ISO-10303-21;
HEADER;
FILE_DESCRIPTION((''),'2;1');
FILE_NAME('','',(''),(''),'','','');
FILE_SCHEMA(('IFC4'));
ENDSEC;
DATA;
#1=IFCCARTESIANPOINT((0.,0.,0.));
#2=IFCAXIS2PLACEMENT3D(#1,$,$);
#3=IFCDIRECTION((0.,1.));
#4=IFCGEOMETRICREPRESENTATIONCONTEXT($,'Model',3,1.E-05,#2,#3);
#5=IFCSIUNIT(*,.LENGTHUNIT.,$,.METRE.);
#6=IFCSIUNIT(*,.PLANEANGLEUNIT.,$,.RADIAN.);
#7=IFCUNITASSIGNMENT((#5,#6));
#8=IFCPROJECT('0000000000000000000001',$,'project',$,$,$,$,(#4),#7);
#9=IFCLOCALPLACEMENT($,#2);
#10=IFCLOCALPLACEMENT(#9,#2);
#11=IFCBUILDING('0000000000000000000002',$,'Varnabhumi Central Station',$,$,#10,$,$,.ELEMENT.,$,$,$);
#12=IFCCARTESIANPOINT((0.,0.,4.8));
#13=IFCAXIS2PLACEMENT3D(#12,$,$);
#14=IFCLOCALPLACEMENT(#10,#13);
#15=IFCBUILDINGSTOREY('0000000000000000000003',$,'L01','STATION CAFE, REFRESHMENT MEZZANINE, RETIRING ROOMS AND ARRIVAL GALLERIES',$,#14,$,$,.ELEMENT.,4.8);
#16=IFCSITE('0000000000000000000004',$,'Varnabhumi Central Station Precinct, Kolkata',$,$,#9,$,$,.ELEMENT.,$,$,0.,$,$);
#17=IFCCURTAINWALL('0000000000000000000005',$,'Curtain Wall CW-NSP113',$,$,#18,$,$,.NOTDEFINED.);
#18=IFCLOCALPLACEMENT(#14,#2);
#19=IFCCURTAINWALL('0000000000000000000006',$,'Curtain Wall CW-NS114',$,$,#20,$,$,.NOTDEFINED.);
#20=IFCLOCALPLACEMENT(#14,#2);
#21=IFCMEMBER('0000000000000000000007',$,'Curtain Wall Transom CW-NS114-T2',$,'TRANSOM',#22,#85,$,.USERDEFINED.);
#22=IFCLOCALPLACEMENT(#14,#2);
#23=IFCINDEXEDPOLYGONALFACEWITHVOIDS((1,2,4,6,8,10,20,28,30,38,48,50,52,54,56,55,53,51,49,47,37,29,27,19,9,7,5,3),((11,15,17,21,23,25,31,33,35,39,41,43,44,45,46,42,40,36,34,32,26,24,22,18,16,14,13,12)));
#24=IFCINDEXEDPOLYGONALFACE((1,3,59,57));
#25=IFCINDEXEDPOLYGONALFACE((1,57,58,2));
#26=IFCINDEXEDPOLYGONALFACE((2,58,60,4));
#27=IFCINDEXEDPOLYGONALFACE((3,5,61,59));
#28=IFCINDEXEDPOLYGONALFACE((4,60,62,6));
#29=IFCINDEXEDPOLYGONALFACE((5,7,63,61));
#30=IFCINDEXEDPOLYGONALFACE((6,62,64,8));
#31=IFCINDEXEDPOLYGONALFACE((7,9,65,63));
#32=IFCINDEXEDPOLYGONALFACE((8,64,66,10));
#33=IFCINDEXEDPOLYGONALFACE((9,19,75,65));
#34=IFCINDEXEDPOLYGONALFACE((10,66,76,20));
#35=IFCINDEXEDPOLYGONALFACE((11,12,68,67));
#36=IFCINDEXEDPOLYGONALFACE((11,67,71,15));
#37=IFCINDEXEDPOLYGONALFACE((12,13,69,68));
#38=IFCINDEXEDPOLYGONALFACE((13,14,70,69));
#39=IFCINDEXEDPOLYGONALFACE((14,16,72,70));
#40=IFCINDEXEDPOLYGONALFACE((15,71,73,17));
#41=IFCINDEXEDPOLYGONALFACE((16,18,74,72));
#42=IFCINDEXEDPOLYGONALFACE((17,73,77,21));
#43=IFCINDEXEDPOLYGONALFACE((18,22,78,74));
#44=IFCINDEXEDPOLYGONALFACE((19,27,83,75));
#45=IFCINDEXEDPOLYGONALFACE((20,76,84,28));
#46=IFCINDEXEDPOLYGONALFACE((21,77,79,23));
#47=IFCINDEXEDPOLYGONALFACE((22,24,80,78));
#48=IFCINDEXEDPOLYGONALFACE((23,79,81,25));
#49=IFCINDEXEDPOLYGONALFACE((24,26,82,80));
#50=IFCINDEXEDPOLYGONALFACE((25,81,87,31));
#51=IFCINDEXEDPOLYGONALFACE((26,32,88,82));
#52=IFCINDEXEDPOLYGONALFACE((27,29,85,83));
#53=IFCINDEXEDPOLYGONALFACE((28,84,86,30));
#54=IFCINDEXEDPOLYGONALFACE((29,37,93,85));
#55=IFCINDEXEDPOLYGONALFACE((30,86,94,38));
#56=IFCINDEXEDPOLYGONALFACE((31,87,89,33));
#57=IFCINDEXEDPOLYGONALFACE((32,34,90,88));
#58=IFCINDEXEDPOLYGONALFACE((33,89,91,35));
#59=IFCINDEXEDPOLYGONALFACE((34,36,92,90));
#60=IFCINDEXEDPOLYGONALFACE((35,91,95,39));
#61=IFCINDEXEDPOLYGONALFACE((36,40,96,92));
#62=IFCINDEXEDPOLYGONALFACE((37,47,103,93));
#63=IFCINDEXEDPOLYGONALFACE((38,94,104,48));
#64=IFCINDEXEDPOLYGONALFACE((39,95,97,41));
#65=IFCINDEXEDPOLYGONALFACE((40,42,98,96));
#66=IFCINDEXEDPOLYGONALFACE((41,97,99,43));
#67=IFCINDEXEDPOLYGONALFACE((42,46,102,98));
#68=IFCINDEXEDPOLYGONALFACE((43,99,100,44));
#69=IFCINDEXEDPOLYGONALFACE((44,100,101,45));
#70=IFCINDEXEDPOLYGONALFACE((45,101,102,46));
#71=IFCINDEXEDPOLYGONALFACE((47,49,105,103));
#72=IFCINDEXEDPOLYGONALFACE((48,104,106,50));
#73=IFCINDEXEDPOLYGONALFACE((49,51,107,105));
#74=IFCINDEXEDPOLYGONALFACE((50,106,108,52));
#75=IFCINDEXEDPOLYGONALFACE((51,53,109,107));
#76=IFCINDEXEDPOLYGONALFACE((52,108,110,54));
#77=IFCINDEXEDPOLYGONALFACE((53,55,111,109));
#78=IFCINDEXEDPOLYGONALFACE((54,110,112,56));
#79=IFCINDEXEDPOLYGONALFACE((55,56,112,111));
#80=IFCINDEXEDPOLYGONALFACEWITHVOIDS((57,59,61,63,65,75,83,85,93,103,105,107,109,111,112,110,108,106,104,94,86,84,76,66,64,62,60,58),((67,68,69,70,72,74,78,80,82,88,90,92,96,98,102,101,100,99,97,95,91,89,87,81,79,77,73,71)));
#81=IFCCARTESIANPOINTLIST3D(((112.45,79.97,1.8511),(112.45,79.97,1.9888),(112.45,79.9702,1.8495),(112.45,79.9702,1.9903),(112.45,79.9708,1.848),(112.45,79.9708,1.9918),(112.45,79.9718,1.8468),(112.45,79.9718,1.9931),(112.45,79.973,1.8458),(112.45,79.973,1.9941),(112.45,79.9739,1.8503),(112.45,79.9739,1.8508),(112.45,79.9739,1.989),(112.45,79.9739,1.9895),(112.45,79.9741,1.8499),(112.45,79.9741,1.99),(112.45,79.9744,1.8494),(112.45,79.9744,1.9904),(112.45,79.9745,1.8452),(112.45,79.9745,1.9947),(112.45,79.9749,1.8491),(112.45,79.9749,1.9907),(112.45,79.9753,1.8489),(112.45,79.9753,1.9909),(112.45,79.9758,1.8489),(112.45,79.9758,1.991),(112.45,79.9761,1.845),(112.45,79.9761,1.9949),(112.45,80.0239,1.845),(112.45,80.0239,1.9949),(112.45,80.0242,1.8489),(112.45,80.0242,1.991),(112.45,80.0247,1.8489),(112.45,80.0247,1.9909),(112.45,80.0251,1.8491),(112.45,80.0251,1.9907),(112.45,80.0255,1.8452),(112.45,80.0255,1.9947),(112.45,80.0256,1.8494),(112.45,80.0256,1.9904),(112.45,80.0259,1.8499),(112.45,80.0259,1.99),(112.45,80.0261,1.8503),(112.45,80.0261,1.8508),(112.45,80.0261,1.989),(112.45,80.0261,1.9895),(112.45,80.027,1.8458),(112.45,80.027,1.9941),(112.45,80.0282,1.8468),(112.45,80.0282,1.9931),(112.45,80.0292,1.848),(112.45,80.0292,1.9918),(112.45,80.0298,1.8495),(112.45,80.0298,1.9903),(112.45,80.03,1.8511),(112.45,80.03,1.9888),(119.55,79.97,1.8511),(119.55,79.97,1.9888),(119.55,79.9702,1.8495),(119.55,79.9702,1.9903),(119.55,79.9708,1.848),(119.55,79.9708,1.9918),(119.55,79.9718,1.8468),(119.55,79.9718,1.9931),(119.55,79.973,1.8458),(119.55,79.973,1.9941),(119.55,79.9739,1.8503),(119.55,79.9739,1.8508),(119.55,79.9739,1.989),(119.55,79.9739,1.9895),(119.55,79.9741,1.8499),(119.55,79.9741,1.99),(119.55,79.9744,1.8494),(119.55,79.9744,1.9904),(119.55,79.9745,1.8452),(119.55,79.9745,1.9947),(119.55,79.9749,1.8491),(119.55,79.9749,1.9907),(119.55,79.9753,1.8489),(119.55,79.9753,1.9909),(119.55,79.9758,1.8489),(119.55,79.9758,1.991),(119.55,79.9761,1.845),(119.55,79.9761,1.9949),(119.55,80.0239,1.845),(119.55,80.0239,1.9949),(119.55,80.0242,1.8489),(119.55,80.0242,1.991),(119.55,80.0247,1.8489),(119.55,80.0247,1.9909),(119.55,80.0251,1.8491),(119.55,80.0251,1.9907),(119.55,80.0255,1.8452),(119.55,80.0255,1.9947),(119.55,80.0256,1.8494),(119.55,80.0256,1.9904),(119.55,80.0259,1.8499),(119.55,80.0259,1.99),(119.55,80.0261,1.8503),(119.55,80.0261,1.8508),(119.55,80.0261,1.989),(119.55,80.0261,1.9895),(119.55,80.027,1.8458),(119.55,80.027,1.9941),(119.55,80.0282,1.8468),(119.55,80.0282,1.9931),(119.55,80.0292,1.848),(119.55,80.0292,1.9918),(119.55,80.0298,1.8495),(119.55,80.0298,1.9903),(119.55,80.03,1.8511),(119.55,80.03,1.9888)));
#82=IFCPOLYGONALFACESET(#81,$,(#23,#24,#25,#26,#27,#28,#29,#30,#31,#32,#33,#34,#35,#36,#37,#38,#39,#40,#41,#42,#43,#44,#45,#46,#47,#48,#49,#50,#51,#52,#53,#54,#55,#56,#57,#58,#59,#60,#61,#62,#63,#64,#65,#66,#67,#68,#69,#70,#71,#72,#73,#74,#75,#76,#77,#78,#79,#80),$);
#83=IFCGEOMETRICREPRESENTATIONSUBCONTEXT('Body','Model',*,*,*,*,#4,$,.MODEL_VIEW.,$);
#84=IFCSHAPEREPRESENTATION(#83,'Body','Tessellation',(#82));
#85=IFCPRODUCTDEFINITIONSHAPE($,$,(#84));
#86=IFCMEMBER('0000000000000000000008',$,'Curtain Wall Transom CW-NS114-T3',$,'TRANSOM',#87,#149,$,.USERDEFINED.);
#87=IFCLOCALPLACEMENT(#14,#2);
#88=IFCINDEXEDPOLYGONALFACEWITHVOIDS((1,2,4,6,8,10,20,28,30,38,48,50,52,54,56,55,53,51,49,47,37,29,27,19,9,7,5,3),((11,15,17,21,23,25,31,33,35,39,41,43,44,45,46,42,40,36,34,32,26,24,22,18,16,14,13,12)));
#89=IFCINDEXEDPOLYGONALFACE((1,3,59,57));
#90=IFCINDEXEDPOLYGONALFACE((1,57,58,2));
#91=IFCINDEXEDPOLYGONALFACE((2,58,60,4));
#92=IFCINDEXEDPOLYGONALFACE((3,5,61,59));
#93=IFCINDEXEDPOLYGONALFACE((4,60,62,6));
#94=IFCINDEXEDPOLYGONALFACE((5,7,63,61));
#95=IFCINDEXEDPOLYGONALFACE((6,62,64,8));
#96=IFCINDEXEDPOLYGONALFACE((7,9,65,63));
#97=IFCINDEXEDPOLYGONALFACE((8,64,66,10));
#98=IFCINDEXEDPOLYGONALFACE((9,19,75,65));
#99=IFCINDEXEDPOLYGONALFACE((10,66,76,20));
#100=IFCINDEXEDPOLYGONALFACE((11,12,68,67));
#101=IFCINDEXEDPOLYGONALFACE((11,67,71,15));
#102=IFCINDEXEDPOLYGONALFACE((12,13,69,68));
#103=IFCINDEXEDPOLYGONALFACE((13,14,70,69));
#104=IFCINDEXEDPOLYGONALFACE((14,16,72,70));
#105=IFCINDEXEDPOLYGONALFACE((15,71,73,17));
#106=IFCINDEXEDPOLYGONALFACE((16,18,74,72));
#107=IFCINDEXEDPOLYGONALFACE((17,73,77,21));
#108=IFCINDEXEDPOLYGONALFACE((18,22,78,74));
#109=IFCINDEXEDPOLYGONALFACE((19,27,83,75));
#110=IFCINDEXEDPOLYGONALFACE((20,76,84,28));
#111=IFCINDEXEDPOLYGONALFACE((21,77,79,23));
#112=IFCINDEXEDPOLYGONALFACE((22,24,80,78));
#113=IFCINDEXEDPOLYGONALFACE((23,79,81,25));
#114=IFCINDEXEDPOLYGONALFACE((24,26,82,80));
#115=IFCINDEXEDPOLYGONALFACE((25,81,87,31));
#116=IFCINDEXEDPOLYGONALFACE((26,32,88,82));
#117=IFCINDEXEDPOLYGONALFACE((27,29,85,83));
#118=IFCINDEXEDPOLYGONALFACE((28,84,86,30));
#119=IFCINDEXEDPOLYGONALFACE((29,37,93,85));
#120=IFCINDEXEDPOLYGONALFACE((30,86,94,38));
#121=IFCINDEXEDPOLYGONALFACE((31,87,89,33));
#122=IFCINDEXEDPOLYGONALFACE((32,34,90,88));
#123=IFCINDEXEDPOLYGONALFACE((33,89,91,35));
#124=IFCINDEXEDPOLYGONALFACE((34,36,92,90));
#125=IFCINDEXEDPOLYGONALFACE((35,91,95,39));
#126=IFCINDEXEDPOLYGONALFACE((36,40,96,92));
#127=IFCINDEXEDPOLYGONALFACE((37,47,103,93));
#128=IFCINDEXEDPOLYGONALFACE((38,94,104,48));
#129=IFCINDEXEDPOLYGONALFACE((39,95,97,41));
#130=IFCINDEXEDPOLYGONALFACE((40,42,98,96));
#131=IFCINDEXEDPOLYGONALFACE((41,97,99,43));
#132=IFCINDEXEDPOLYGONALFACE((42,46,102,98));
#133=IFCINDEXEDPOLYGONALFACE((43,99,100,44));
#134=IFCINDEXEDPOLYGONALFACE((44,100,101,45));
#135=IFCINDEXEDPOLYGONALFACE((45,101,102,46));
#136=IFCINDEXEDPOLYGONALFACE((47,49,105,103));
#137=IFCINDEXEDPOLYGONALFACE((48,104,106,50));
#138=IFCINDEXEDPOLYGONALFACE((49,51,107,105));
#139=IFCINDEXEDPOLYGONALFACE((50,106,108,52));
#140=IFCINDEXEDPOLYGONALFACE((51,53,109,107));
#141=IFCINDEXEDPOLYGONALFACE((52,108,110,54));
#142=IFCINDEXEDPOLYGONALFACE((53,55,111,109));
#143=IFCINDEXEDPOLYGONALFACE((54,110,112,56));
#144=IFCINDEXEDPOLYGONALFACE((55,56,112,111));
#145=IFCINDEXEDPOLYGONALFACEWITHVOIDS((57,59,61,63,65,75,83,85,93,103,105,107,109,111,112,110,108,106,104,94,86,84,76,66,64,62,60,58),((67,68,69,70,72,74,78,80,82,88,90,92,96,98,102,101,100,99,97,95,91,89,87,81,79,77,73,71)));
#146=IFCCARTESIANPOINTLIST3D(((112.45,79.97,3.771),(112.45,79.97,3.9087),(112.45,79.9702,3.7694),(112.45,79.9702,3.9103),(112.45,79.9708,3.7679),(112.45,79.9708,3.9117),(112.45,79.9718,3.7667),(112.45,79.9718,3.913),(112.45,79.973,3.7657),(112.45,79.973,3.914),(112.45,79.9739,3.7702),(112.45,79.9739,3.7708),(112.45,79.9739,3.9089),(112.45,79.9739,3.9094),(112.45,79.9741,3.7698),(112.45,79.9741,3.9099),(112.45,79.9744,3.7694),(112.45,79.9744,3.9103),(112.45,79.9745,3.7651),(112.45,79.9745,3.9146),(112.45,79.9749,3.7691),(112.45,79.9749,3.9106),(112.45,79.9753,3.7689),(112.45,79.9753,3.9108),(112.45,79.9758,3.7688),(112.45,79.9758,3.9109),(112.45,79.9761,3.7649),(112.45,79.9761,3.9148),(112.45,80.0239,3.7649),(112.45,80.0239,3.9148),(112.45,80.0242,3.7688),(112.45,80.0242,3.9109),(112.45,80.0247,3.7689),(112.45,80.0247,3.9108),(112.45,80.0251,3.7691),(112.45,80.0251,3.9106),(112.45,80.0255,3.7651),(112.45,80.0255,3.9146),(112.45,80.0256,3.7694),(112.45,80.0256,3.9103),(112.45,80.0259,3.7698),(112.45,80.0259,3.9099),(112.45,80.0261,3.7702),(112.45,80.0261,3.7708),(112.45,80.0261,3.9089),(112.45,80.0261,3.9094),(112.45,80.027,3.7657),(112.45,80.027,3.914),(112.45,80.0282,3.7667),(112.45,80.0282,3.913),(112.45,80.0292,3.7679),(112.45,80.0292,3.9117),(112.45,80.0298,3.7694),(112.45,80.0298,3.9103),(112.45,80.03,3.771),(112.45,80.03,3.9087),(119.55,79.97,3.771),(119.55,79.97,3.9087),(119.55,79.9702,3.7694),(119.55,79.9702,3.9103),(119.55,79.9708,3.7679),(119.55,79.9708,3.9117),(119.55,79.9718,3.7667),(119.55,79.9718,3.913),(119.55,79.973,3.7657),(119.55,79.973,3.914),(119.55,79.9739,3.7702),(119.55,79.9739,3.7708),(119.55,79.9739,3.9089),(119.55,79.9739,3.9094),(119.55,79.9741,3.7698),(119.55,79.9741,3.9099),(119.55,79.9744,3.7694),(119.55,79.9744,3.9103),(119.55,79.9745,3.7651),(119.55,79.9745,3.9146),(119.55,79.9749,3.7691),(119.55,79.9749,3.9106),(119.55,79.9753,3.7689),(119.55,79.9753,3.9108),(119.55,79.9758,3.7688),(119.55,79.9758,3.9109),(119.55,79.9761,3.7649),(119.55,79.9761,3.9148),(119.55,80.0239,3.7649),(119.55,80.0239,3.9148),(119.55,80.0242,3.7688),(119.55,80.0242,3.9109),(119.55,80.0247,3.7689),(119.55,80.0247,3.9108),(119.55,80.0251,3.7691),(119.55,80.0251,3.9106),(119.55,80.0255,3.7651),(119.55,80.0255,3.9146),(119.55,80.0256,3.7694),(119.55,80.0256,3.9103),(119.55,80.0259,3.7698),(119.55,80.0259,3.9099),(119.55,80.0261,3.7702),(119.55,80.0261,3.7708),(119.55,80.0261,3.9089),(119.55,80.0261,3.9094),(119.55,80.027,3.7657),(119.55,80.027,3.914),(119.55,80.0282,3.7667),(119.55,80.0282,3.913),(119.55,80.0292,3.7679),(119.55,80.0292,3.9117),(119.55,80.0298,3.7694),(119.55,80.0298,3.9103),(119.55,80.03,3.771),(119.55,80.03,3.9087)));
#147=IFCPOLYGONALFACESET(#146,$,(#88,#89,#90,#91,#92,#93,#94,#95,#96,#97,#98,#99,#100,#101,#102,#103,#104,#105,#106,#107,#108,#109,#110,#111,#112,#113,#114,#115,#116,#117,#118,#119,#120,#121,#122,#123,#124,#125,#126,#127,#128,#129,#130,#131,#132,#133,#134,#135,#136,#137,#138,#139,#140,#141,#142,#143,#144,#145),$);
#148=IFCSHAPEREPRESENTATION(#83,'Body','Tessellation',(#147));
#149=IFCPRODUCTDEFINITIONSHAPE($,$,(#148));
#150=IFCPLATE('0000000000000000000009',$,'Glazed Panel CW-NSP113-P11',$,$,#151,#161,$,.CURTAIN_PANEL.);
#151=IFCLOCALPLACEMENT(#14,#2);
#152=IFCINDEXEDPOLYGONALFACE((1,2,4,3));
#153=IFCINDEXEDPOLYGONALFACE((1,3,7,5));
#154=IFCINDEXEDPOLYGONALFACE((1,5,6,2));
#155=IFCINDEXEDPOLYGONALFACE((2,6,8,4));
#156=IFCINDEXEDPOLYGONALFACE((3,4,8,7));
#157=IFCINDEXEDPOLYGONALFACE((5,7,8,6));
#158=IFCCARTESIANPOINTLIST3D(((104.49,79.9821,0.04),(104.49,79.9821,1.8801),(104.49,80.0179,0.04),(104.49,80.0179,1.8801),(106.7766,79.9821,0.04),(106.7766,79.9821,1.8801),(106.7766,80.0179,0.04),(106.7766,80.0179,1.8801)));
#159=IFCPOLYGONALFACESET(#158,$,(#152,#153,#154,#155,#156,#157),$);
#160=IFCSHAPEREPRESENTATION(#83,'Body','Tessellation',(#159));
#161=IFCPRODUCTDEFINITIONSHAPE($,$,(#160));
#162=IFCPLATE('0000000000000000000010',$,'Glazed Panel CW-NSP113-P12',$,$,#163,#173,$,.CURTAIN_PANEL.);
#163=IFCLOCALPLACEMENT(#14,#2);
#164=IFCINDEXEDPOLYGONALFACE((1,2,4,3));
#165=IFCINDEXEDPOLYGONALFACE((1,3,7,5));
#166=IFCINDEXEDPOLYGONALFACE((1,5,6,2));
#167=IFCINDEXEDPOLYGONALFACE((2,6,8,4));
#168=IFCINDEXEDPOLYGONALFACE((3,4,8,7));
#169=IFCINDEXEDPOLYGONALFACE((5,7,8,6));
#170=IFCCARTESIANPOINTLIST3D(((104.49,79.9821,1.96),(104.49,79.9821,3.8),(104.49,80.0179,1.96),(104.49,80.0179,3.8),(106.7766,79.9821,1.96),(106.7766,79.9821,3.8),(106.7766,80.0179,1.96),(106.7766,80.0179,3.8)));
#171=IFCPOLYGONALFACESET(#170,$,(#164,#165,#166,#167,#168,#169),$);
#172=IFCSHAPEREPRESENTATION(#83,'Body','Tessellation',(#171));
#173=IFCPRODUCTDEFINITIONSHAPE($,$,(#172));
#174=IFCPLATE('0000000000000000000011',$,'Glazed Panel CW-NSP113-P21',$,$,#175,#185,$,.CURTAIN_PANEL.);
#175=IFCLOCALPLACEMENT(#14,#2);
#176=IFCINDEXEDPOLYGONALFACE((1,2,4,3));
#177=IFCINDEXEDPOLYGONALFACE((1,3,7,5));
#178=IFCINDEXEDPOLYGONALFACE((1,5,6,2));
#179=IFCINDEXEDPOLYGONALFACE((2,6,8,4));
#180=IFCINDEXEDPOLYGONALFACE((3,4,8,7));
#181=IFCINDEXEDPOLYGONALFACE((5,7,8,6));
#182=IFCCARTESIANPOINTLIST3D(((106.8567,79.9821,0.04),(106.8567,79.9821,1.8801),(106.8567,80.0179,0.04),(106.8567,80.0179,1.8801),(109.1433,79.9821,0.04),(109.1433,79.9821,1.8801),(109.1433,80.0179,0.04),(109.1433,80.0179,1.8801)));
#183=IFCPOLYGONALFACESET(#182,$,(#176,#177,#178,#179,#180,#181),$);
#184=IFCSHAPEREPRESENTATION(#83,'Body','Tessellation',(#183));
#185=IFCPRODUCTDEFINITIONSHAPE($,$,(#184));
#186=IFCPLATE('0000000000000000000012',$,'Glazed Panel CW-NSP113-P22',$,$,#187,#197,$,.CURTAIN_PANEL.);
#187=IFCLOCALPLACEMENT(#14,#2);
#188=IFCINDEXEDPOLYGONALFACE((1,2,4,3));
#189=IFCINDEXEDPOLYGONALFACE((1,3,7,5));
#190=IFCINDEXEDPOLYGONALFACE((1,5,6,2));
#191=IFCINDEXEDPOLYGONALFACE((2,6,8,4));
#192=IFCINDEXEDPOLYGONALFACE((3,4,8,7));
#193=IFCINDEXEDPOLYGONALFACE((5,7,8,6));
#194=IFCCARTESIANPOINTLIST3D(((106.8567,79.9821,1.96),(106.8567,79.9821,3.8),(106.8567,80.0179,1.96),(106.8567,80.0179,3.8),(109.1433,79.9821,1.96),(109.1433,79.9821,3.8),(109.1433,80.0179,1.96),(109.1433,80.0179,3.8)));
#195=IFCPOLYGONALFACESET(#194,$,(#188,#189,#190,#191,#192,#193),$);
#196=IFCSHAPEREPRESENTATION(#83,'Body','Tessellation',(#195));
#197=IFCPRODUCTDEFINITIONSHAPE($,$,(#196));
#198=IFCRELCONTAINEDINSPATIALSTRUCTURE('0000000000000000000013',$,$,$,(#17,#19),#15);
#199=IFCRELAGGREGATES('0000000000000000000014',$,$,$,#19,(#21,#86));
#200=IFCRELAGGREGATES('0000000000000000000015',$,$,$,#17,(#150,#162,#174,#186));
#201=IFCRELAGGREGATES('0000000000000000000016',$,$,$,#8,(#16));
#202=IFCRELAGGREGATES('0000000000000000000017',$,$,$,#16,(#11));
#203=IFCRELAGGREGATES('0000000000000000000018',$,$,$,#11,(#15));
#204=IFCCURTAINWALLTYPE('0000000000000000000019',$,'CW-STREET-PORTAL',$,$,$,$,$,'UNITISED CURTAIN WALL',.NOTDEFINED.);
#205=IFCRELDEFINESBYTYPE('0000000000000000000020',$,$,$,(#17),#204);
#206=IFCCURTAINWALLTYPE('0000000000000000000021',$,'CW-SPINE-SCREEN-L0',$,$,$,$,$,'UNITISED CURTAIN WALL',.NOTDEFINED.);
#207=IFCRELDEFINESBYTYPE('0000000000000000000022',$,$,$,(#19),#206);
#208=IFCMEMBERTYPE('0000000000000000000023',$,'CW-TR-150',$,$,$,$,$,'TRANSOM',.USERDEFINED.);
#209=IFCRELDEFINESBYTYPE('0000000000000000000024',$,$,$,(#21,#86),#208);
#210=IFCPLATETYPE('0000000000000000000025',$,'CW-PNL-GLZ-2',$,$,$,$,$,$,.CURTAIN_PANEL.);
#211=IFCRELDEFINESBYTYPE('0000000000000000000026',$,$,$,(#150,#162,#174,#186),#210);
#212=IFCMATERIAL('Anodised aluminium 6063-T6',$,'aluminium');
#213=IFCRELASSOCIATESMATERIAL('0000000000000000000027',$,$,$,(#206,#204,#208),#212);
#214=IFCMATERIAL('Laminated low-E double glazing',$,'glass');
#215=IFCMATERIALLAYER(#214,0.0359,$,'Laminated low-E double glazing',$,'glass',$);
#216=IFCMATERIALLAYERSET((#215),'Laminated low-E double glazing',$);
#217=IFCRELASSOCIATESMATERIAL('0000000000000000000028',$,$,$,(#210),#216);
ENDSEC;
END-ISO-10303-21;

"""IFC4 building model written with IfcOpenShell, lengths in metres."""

from ifc_helpers import new_model, si_unit, direction, frame, origin, origin_2d, place, context, subcontext, project, spatial, rectangle, hollow_rectangle, extrude, material, layer, layer_set, material_profile, profile_set, type_object, element, aggregate, save


model = new_model("IFC4")

# Units and contexts
model_context = context("Model", 3, precision=1e-05, world=origin(), true_north=direction((0.0, 1.0)))
body_context = subcontext(model_context, "Body", "Model", "MODEL_VIEW")
ifc_project = project(units=[si_unit("LENGTHUNIT", "METRE"), si_unit("PLANEANGLEUNIT", "RADIAN")], contexts=[model_context])

# Site, building, storey
site_placement = place(None, origin())
site = spatial("IfcSite", under=ifc_project, at=site_placement, Name="Varnabhumi Central Station Precinct, Kolkata", CompositionType="ELEMENT", RefElevation=0.0)
building_placement = place(site_placement, origin())
building = spatial("IfcBuilding", under=site, at=building_placement, Name="Varnabhumi Central Station", CompositionType="ELEMENT")
storey_placement = place(building_placement, frame((0.0, 0.0, 4.8)))
storey = spatial("IfcBuildingStorey", under=building, at=storey_placement, Name="L01", Description="STATION CAFE, REFRESHMENT MEZZANINE, RETIRING ROOMS AND ARRIVAL GALLERIES", CompositionType="ELEMENT", Elevation=4.8)

# Curtain wall
ifc_material_1 = material(Name="Anodised aluminium 6063-T6", Category="aluminium")
curtain_wall_type_1 = type_object("IfcCurtainWallType", Name="CW-SPINE-SCREEN-L0", ElementType="UNITISED CURTAIN WALL", PredefinedType="NOTDEFINED", material=ifc_material_1)
curtain_wall_type_2 = type_object("IfcCurtainWallType", Name="CW-STREET-PORTAL", ElementType="UNITISED CURTAIN WALL", PredefinedType="NOTDEFINED", material=ifc_material_1)
curtain_wall_1_placement = place(storey_placement, origin())
curtain_wall_1 = element("IfcCurtainWall", 1, at=curtain_wall_1_placement, inside=storey, type_object=curtain_wall_type_2, Name="Curtain Wall CW-NSP113", PredefinedType="NOTDEFINED")

# Curtain wall
curtain_wall_2_placement = place(storey_placement, origin())
curtain_wall_2 = element("IfcCurtainWall", 2, at=curtain_wall_2_placement, inside=storey, type_object=curtain_wall_type_1, Name="Curtain Wall CW-NS114", PredefinedType="NOTDEFINED")

# Members
ifc_material_profile_1 = material_profile(ifc_material_1, hollow_rectangle(XDim=0.0601, YDim=0.1499, WallThickness=0.0039, InnerFilletRadius=0.002, OuterFilletRadius=0.0061, at=origin_2d()), Name="Anodised aluminium 6063-T6", Category="aluminium")
ifc_profile_set_1 = profile_set([ifc_material_profile_1], Name="Anodised aluminium 6063-T6")
member_type_1 = type_object("IfcMemberType", Name="CW-TR-150", ElementType="TRANSOM", PredefinedType="USERDEFINED", material=ifc_profile_set_1)
member_1_placement = place(storey_placement, frame((112.45, 80.0, 1.9199), z_axis=(1.0, 0.0, 0.0), x_axis=(0.0, 1.0, 0.0)))
member_1 = element("IfcMember", 3, at=member_1_placement, type_object=member_type_1, Name="Curtain Wall Transom CW-NS114-T2", ObjectType="TRANSOM", PredefinedType="USERDEFINED", context=body_context, shape_type="SweptSolid", body=[
    extrude(hollow_rectangle(XDim=0.0601, YDim=0.1499, WallThickness=0.0039, InnerFilletRadius=0.002, OuterFilletRadius=0.0061, at=origin_2d()), origin(), (0.0, 0.0, 1.0), 7.1001),
])
member_2_placement = place(storey_placement, frame((112.45, 80.0, 3.8398), z_axis=(1.0, 0.0, 0.0), x_axis=(0.0, 1.0, 0.0)))
member_2 = element("IfcMember", 4, at=member_2_placement, type_object=member_type_1, Name="Curtain Wall Transom CW-NS114-T3", ObjectType="TRANSOM", PredefinedType="USERDEFINED", context=body_context, shape_type="SweptSolid", body=[
    extrude(hollow_rectangle(XDim=0.0601, YDim=0.1499, WallThickness=0.0039, InnerFilletRadius=0.002, OuterFilletRadius=0.0061, at=origin_2d()), origin(), (0.0, 0.0, 1.0), 7.1001),
])
aggregate(curtain_wall_2, [member_1, member_2])

# Plates
ifc_material_2 = material(Name="Laminated low-E double glazing", Category="glass")
ifc_layer_1 = layer(ifc_material_2, 0.0359, Name="Laminated low-E double glazing", Category="glass")
ifc_layer_set_1 = layer_set([ifc_layer_1], Name="Laminated low-E double glazing")
plate_type_1 = type_object("IfcPlateType", Name="CW-PNL-GLZ-2", PredefinedType="CURTAIN_PANEL", material=ifc_layer_set_1)
plate_1_placement = place(storey_placement, frame((105.6333, 80.0, 0.04), z_axis=(0.0, 0.0, 1.0), x_axis=(1.0, 0.0, 0.0)))
plate_1 = element("IfcPlate", 5, at=plate_1_placement, type_object=plate_type_1, Name="Glazed Panel CW-NSP113-P11", PredefinedType="CURTAIN_PANEL", context=body_context, shape_type="SweptSolid", body=[
    extrude(rectangle(XDim=2.2866, YDim=0.0359, at=origin_2d()), origin(), (0.0, 0.0, 1.0), 1.8401),
])
plate_2_placement = place(storey_placement, frame((105.6333, 80.0, 1.96), z_axis=(0.0, 0.0, 1.0), x_axis=(1.0, 0.0, 0.0)))
plate_2 = element("IfcPlate", 6, at=plate_2_placement, type_object=plate_type_1, Name="Glazed Panel CW-NSP113-P12", PredefinedType="CURTAIN_PANEL", context=body_context, shape_type="SweptSolid", body=[
    extrude(rectangle(XDim=2.2866, YDim=0.0359, at=origin_2d()), origin(), (0.0, 0.0, 1.0), 1.8401),
])
plate_3_placement = place(storey_placement, frame((108.0, 80.0, 0.04), z_axis=(0.0, 0.0, 1.0), x_axis=(1.0, 0.0, 0.0)))
plate_3 = element("IfcPlate", 7, at=plate_3_placement, type_object=plate_type_1, Name="Glazed Panel CW-NSP113-P21", PredefinedType="CURTAIN_PANEL", context=body_context, shape_type="SweptSolid", body=[
    extrude(rectangle(XDim=2.2866, YDim=0.0359, at=origin_2d()), origin(), (0.0, 0.0, 1.0), 1.8401),
])
plate_4_placement = place(storey_placement, frame((108.0, 80.0, 1.96), z_axis=(0.0, 0.0, 1.0), x_axis=(1.0, 0.0, 0.0)))
plate_4 = element("IfcPlate", 8, at=plate_4_placement, type_object=plate_type_1, Name="Glazed Panel CW-NSP113-P22", PredefinedType="CURTAIN_PANEL", context=body_context, shape_type="SweptSolid", body=[
    extrude(rectangle(XDim=2.2866, YDim=0.0359, at=origin_2d()), origin(), (0.0, 0.0, 1.0), 1.8401),
])
aggregate(curtain_wall_1, [plate_1, plate_2, plate_3, plate_4])

save(model, "model.ifc")
